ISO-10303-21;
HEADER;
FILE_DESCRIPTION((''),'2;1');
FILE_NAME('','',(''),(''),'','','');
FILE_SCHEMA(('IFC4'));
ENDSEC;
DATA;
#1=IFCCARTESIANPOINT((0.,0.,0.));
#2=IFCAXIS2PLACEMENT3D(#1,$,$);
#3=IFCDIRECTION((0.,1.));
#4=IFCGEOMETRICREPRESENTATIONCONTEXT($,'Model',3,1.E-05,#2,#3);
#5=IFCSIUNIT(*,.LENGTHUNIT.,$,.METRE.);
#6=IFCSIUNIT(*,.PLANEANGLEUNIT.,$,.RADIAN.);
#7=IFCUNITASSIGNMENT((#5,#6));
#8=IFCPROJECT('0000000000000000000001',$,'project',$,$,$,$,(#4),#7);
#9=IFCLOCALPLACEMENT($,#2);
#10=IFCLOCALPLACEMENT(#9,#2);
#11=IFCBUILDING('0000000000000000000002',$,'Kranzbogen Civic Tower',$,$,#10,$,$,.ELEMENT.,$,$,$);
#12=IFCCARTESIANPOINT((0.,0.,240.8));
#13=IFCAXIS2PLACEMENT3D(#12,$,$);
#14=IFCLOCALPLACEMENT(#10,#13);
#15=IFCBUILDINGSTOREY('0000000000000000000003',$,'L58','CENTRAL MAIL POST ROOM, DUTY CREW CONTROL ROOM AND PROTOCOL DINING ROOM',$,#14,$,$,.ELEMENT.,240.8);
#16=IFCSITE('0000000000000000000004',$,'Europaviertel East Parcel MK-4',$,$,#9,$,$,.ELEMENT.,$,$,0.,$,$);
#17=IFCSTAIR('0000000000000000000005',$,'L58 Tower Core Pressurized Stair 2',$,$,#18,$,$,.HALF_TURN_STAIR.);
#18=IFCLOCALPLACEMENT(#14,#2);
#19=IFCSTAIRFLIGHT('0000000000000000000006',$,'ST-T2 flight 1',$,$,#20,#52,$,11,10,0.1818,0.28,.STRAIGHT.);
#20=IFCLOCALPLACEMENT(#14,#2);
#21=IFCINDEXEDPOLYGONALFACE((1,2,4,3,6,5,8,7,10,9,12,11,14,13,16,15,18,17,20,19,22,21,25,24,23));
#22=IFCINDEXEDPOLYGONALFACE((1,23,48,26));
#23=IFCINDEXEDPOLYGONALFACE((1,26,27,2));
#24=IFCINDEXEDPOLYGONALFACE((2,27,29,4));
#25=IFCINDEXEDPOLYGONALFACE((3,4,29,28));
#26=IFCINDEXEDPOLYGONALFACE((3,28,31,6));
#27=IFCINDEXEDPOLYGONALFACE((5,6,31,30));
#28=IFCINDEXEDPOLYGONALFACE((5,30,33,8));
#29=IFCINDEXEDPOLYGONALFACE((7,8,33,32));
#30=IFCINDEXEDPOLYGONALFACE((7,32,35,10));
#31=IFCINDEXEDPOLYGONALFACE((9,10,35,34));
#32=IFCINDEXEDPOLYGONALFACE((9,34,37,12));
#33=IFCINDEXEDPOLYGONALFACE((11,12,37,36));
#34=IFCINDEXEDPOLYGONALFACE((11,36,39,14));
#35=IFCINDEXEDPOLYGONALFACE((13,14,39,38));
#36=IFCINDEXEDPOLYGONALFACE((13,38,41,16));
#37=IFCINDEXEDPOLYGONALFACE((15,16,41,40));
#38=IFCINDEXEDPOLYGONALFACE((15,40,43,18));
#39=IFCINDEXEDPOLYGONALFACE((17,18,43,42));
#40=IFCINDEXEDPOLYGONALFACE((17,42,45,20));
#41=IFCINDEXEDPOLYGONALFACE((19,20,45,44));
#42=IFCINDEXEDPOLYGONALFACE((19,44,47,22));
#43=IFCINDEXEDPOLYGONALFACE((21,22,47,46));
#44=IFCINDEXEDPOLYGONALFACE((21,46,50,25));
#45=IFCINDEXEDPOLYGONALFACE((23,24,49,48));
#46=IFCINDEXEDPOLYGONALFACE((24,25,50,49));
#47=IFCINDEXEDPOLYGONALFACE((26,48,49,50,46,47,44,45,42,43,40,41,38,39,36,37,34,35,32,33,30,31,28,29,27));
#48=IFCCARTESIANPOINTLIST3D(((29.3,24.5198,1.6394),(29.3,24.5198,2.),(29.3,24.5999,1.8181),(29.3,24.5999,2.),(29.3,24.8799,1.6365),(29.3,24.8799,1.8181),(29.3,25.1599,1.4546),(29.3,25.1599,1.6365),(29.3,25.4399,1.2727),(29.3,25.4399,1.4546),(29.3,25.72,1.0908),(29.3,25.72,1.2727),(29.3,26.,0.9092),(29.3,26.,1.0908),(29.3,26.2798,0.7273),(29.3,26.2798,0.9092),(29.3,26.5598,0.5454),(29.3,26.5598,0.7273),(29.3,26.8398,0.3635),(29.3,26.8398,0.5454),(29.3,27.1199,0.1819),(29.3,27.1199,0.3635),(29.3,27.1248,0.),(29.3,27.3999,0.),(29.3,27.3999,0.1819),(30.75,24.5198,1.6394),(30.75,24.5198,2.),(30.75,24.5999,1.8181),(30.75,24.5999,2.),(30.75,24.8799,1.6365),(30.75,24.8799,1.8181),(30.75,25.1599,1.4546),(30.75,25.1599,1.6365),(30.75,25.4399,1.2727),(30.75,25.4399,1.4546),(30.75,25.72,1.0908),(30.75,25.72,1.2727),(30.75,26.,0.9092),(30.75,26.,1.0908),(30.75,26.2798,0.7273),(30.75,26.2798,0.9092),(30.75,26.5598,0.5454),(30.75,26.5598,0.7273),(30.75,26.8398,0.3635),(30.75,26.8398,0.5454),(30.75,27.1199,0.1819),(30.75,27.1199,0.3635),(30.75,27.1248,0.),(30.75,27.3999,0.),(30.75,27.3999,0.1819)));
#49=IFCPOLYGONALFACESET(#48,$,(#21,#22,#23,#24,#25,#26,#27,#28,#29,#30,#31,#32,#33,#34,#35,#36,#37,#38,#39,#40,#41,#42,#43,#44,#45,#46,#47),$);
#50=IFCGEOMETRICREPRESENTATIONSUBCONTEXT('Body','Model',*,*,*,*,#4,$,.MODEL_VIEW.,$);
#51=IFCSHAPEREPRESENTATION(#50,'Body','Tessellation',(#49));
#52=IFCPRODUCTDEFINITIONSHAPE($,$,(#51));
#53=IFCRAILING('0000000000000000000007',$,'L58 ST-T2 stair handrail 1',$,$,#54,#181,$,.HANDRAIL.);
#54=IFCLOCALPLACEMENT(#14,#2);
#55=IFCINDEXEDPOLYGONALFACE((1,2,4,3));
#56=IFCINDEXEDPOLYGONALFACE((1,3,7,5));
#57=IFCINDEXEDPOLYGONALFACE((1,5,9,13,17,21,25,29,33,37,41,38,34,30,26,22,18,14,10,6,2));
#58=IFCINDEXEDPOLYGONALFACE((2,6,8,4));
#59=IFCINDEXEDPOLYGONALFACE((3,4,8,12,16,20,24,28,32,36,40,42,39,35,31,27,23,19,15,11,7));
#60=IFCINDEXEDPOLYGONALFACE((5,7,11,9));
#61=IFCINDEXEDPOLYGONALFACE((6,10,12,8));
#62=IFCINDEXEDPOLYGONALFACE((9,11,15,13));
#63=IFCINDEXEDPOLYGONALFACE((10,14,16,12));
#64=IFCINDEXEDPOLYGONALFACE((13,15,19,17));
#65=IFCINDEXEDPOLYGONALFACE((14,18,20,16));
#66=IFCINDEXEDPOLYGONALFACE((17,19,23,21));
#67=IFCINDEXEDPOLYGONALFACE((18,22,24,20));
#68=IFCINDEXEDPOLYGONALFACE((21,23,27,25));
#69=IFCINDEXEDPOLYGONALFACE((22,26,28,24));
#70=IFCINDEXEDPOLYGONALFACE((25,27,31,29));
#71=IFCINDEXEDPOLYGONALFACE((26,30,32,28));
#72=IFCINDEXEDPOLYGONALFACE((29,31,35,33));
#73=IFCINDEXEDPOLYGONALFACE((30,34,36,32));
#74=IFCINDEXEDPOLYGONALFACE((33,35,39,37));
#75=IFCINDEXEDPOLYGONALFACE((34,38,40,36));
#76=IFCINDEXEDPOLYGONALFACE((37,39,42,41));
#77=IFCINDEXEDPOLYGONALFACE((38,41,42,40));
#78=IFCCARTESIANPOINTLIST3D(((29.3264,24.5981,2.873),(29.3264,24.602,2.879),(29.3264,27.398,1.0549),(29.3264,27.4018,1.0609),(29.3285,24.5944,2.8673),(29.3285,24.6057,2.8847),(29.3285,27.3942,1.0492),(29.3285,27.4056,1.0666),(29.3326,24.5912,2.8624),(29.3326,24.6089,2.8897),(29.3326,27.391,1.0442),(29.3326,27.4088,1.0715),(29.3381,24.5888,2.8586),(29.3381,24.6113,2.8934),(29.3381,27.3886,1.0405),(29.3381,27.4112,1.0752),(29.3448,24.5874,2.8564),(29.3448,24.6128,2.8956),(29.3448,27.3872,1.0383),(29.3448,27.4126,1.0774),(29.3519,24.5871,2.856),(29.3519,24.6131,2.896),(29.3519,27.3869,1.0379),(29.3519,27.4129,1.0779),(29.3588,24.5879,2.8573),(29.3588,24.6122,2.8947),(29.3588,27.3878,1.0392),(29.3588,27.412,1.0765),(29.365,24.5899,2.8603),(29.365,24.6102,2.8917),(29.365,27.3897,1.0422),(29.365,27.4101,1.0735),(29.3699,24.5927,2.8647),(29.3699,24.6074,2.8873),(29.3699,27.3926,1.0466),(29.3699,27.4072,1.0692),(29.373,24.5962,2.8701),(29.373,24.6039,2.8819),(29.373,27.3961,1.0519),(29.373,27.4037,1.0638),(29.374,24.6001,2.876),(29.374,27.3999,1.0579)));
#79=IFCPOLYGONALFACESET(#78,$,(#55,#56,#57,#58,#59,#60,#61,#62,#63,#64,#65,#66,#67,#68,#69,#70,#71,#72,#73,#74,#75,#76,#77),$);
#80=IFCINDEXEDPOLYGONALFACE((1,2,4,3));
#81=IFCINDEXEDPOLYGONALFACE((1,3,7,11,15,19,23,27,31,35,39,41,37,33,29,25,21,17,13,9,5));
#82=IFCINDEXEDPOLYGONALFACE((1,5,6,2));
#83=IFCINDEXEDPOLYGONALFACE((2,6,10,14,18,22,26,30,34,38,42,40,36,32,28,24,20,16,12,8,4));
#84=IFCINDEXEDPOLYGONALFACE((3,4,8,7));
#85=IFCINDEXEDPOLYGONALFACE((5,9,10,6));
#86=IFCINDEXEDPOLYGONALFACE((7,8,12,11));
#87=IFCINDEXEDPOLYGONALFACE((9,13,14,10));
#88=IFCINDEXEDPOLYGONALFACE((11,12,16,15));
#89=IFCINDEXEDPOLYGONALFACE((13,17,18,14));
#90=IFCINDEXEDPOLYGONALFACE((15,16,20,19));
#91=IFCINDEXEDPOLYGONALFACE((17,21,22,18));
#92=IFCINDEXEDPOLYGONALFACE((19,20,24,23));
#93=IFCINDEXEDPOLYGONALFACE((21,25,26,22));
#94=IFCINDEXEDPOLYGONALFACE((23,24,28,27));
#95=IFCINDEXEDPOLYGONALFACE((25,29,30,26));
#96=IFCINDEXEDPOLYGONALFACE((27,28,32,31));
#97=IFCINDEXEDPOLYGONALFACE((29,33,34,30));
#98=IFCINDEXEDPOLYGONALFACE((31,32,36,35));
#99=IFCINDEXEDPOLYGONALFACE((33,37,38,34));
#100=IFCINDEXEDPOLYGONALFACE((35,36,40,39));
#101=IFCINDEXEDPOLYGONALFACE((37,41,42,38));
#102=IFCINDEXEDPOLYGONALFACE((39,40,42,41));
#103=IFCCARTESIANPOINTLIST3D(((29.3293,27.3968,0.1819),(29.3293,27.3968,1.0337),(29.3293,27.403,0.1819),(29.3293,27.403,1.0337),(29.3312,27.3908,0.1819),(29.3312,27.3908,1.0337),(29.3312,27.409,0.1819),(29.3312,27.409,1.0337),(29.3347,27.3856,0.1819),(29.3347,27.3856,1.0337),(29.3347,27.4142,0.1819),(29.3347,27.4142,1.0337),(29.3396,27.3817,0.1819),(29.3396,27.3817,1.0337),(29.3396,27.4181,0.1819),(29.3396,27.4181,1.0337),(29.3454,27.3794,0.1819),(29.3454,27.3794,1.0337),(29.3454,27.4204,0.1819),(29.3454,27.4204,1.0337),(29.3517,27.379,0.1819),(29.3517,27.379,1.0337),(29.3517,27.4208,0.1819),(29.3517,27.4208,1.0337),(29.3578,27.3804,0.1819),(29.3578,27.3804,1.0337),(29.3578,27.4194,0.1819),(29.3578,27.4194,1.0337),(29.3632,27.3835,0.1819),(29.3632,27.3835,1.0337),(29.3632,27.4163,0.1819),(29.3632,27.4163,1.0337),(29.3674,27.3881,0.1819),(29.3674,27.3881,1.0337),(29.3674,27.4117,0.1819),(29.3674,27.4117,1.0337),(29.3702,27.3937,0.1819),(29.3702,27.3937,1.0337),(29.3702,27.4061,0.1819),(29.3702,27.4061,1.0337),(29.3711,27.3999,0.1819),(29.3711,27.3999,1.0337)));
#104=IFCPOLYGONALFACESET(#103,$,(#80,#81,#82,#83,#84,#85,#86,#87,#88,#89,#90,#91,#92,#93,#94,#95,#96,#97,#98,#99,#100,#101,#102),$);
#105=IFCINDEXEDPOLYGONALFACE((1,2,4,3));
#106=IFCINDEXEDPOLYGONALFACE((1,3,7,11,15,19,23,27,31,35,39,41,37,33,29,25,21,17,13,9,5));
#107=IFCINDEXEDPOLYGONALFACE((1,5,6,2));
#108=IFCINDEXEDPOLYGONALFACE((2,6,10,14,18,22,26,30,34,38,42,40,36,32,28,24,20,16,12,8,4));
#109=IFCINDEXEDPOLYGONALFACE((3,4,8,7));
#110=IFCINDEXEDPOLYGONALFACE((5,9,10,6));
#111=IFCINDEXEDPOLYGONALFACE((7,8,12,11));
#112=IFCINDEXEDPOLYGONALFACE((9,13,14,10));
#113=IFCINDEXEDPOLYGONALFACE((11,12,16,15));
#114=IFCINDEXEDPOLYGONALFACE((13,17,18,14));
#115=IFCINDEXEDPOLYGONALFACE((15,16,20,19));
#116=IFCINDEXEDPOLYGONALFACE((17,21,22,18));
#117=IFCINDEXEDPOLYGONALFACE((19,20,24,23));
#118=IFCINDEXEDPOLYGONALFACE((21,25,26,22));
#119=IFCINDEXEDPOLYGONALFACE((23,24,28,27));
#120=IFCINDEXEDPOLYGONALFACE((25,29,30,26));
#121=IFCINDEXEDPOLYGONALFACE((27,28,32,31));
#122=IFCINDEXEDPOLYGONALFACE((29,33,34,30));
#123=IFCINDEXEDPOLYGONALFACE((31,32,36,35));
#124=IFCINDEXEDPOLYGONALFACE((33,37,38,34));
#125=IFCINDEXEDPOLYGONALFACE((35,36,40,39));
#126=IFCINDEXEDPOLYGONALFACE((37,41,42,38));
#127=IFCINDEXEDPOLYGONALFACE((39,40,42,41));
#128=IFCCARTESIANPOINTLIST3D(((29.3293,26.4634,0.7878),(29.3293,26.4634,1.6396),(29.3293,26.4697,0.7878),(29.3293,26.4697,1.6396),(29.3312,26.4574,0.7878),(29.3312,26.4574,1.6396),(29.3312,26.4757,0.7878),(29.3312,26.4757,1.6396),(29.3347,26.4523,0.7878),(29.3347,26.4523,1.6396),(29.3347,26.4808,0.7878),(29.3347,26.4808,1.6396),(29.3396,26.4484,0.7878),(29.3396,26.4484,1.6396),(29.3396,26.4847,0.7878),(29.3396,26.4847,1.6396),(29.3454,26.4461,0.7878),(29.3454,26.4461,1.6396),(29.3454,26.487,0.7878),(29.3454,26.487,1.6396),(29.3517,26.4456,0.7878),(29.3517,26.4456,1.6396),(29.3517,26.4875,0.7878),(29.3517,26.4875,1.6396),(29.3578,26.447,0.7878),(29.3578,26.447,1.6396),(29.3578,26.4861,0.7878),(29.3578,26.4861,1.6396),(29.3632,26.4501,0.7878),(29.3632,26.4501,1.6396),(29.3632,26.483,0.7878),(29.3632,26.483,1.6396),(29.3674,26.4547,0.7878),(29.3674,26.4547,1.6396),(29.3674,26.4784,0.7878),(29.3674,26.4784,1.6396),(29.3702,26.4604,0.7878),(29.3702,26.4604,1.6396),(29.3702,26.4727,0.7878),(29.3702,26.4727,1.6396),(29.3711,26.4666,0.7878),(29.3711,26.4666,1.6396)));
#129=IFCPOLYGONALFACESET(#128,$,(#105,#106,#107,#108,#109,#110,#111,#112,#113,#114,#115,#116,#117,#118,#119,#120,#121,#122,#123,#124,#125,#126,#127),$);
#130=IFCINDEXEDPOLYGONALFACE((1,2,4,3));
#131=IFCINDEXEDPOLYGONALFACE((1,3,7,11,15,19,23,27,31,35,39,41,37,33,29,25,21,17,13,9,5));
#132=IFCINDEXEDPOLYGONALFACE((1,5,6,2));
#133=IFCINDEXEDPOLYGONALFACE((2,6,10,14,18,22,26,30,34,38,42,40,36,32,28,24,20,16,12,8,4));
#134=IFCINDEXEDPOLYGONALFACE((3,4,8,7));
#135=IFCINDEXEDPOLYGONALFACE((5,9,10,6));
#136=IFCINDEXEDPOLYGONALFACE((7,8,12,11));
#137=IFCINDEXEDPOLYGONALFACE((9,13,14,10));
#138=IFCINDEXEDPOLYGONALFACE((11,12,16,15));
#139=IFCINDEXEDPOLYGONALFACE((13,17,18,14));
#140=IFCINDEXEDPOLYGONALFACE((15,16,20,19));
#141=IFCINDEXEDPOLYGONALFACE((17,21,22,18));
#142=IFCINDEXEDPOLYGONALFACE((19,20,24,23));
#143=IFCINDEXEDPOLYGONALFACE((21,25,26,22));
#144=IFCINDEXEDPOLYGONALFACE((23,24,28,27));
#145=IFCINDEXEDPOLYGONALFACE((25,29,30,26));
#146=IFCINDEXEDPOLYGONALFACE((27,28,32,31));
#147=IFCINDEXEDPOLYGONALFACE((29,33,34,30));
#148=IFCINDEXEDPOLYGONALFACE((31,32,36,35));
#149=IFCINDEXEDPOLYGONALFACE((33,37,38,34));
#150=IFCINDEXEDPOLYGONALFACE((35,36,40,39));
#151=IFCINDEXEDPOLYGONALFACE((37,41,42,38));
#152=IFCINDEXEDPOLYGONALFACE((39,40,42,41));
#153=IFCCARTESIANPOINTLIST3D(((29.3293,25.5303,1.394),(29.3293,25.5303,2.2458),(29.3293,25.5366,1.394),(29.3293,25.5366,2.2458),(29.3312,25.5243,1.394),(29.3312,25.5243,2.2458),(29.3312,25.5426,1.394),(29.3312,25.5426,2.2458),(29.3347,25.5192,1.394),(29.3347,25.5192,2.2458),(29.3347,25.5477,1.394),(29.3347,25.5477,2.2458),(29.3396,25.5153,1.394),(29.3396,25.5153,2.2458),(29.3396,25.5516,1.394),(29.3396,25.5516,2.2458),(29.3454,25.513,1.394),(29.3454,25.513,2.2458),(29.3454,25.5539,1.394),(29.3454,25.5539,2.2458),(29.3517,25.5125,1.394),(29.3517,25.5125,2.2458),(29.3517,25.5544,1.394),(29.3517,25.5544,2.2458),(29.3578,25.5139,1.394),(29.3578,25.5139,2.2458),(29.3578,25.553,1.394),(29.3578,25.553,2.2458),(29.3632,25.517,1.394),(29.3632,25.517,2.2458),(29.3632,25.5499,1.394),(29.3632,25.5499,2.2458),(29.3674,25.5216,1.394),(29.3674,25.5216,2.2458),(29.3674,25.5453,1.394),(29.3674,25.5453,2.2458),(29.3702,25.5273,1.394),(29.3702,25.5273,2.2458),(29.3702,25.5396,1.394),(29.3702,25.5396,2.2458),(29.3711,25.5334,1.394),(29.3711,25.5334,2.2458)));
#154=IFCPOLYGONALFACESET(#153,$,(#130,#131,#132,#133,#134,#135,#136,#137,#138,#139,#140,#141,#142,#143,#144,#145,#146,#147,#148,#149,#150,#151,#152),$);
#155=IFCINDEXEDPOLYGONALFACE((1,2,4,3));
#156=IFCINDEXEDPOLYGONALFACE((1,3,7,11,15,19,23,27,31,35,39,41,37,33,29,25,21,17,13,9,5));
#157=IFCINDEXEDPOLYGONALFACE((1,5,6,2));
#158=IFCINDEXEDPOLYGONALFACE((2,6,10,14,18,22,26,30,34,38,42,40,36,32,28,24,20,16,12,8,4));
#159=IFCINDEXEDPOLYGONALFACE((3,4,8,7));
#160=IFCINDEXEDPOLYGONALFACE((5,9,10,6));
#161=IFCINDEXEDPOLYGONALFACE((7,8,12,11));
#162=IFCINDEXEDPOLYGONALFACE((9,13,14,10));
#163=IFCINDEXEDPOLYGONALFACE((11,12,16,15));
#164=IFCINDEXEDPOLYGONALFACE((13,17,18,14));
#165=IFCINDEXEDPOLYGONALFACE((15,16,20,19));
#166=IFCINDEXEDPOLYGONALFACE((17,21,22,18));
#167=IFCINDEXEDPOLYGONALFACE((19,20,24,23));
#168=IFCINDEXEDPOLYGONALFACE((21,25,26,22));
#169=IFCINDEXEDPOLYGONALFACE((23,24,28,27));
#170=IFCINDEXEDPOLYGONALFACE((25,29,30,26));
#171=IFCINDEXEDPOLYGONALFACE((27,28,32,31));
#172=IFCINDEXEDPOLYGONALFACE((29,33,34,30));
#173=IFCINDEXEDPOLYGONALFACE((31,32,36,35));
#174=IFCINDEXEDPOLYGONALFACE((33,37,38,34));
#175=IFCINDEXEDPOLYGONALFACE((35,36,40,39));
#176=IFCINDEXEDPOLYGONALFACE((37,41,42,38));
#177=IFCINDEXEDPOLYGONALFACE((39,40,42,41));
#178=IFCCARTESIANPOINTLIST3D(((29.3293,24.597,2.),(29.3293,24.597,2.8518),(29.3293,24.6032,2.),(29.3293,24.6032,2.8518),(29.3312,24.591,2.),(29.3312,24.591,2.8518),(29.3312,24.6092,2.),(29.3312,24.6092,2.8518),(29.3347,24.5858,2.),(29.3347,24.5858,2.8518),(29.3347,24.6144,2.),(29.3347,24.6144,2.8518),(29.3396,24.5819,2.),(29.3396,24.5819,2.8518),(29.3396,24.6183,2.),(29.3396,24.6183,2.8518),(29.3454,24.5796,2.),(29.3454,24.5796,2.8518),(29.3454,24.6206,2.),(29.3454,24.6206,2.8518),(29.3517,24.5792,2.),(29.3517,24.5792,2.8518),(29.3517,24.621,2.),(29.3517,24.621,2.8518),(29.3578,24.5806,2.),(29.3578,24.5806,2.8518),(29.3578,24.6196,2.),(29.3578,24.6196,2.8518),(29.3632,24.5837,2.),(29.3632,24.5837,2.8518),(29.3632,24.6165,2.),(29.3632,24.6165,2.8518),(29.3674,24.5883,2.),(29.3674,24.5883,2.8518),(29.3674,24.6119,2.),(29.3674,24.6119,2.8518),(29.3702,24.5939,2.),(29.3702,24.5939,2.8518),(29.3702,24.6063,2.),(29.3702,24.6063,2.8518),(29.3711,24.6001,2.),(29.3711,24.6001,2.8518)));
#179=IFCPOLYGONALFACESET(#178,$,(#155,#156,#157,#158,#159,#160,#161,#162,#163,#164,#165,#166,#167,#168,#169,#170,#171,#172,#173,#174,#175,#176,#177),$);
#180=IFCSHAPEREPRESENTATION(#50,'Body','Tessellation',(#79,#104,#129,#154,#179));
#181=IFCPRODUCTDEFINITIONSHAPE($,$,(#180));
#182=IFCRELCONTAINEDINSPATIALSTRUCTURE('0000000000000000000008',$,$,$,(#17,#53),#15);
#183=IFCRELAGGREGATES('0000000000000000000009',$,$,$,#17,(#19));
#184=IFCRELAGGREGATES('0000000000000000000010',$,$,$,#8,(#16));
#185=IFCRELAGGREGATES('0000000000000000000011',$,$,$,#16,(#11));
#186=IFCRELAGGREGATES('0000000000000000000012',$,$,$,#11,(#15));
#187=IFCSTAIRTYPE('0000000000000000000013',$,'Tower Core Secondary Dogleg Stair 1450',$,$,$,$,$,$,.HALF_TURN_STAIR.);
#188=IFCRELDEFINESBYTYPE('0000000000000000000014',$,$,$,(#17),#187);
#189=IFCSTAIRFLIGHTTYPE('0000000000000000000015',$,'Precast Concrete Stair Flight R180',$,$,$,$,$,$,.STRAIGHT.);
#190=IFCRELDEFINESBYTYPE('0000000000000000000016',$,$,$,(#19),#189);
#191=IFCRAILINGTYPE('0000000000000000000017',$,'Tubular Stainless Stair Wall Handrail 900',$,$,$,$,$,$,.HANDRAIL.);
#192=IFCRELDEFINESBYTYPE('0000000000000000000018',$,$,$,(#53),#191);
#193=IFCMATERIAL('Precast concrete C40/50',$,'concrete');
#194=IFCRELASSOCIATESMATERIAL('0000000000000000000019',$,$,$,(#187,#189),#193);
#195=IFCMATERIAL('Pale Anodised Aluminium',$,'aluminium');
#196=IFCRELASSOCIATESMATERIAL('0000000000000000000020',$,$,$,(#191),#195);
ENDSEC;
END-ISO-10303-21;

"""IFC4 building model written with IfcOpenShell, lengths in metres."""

from ifc_helpers import new_model, si_unit, direction, frame, origin, origin_2d, place, context, subcontext, project, spatial, polyline, circle, outline, extrude, material, type_object, element, aggregate, save


model = new_model("IFC4")

# Units and contexts
model_context = context("Model", 3, precision=1e-05, world=origin(), true_north=direction((0.0, 1.0)))
body_context = subcontext(model_context, "Body", "Model", "MODEL_VIEW")
ifc_project = project(units=[si_unit("LENGTHUNIT", "METRE"), si_unit("PLANEANGLEUNIT", "RADIAN")], contexts=[model_context])

# Site, building, storey
site_placement = place(None, origin())
site = spatial("IfcSite", under=ifc_project, at=site_placement, Name="Europaviertel East Parcel MK-4", CompositionType="ELEMENT", RefElevation=0.0)
building_placement = place(site_placement, origin())
building = spatial("IfcBuilding", under=site, at=building_placement, Name="Kranzbogen Civic Tower", CompositionType="ELEMENT")
storey_placement = place(building_placement, frame((0.0, 0.0, 240.8)))
storey = spatial("IfcBuildingStorey", under=building, at=storey_placement, Name="L58", Description="CENTRAL MAIL POST ROOM, DUTY CREW CONTROL ROOM AND PROTOCOL DINING ROOM", CompositionType="ELEMENT", Elevation=240.8)

# Shared definitions
ifc_material_1 = material(Name="Pale Anodised Aluminium", Category="aluminium")

# Stair, stair flight
ifc_material_2 = material(Name="Precast concrete C40/50", Category="concrete")
stair_type = type_object("IfcStairType", Name="Tower Core Secondary Dogleg Stair 1450", PredefinedType="HALF_TURN_STAIR", material=ifc_material_2)
stair_placement = place(storey_placement, origin())
stair = element("IfcStair", 1, at=stair_placement, inside=storey, type_object=stair_type, Name="L58 Tower Core Pressurized Stair 2", PredefinedType="HALF_TURN_STAIR")
stair_flight_type = type_object("IfcStairFlightType", Name="Precast Concrete Stair Flight R180", PredefinedType="STRAIGHT", material=ifc_material_2)
stair_flight_placement = place(storey_placement, frame((30.0249, 27.3999, 0.0), z_axis=(0.0, 0.0, 1.0), x_axis=(0.0, -1.0, 0.0)))
stair_flight = element("IfcStairFlight", 2, at=stair_flight_placement, type_object=stair_flight_type, Name="ST-T2 flight 1", NumberOfRisers=11, NumberOfTreads=10, PredefinedType="STRAIGHT", RiserHeight=0.1818, TreadLength=0.28, context=body_context, shape_type="SweptSolid", body=[
    extrude(outline(polyline([(0.0, 0.0), (0.0, 0.1819), (0.28, 0.1819), (0.28, 0.3635), (0.5601, 0.3635), (0.5601, 0.5454), (0.8401, 0.5454), (0.8401, 0.7273), (1.1201, 0.7273), (1.1201, 0.9092), (1.3999, 0.9092), (1.3999, 1.0908), (1.6799, 1.0908), (1.6799, 1.2727), (1.96, 1.2727), (1.96, 1.4546), (2.24, 1.4546), (2.24, 1.6365), (2.52, 1.6365), (2.52, 1.8181), (2.8, 1.8181), (2.8, 2.0), (2.8801, 2.0), (2.8801, 1.6394), (0.2751, 0.0), (0.0, 0.0)])), frame((0.0, 0.7251, 0.0), z_axis=(0.0, -1.0, 0.0), x_axis=(1.0, 0.0, 0.0)), (0.0, 0.0, 1.0), 1.45),
])
aggregate(stair, [stair_flight])

# Railing
railing_type = type_object("IfcRailingType", Name="Tubular Stainless Stair Wall Handrail 900", PredefinedType="HANDRAIL", material=ifc_material_1)
railing_placement = place(storey_placement, frame((29.3501, 27.3999, 0.1819)))
element("IfcRailing", 3, at=railing_placement, inside=storey, type_object=railing_type, Name="L58 ST-T2 stair handrail 1", PredefinedType="HANDRAIL", context=body_context, shape_type="SweptSolid", body=[
    extrude(circle(Radius=0.0239, at=origin_2d()), frame((0.0, 0.0, 0.876), z_axis=(0.0, -0.838684, 0.544618), x_axis=(1.0, 0.0, 0.0)), (0.0, 0.0, 1.0), 3.3384),
    extrude(circle(Radius=0.021, at=origin_2d()), origin(), (0.0, 0.0, 1.0), 0.8518),
    extrude(circle(Radius=0.021, at=origin_2d()), frame((0.0, -0.9333, 0.606)), (0.0, 0.0, 1.0), 0.8518),
    extrude(circle(Radius=0.021, at=origin_2d()), frame((0.0, -1.8665, 1.2122)), (0.0, 0.0, 1.0), 0.8518),
    extrude(circle(Radius=0.021, at=origin_2d()), frame((0.0, -2.7998, 1.8181)), (0.0, 0.0, 1.0), 0.8518),
])

save(model, "model.ifc")
